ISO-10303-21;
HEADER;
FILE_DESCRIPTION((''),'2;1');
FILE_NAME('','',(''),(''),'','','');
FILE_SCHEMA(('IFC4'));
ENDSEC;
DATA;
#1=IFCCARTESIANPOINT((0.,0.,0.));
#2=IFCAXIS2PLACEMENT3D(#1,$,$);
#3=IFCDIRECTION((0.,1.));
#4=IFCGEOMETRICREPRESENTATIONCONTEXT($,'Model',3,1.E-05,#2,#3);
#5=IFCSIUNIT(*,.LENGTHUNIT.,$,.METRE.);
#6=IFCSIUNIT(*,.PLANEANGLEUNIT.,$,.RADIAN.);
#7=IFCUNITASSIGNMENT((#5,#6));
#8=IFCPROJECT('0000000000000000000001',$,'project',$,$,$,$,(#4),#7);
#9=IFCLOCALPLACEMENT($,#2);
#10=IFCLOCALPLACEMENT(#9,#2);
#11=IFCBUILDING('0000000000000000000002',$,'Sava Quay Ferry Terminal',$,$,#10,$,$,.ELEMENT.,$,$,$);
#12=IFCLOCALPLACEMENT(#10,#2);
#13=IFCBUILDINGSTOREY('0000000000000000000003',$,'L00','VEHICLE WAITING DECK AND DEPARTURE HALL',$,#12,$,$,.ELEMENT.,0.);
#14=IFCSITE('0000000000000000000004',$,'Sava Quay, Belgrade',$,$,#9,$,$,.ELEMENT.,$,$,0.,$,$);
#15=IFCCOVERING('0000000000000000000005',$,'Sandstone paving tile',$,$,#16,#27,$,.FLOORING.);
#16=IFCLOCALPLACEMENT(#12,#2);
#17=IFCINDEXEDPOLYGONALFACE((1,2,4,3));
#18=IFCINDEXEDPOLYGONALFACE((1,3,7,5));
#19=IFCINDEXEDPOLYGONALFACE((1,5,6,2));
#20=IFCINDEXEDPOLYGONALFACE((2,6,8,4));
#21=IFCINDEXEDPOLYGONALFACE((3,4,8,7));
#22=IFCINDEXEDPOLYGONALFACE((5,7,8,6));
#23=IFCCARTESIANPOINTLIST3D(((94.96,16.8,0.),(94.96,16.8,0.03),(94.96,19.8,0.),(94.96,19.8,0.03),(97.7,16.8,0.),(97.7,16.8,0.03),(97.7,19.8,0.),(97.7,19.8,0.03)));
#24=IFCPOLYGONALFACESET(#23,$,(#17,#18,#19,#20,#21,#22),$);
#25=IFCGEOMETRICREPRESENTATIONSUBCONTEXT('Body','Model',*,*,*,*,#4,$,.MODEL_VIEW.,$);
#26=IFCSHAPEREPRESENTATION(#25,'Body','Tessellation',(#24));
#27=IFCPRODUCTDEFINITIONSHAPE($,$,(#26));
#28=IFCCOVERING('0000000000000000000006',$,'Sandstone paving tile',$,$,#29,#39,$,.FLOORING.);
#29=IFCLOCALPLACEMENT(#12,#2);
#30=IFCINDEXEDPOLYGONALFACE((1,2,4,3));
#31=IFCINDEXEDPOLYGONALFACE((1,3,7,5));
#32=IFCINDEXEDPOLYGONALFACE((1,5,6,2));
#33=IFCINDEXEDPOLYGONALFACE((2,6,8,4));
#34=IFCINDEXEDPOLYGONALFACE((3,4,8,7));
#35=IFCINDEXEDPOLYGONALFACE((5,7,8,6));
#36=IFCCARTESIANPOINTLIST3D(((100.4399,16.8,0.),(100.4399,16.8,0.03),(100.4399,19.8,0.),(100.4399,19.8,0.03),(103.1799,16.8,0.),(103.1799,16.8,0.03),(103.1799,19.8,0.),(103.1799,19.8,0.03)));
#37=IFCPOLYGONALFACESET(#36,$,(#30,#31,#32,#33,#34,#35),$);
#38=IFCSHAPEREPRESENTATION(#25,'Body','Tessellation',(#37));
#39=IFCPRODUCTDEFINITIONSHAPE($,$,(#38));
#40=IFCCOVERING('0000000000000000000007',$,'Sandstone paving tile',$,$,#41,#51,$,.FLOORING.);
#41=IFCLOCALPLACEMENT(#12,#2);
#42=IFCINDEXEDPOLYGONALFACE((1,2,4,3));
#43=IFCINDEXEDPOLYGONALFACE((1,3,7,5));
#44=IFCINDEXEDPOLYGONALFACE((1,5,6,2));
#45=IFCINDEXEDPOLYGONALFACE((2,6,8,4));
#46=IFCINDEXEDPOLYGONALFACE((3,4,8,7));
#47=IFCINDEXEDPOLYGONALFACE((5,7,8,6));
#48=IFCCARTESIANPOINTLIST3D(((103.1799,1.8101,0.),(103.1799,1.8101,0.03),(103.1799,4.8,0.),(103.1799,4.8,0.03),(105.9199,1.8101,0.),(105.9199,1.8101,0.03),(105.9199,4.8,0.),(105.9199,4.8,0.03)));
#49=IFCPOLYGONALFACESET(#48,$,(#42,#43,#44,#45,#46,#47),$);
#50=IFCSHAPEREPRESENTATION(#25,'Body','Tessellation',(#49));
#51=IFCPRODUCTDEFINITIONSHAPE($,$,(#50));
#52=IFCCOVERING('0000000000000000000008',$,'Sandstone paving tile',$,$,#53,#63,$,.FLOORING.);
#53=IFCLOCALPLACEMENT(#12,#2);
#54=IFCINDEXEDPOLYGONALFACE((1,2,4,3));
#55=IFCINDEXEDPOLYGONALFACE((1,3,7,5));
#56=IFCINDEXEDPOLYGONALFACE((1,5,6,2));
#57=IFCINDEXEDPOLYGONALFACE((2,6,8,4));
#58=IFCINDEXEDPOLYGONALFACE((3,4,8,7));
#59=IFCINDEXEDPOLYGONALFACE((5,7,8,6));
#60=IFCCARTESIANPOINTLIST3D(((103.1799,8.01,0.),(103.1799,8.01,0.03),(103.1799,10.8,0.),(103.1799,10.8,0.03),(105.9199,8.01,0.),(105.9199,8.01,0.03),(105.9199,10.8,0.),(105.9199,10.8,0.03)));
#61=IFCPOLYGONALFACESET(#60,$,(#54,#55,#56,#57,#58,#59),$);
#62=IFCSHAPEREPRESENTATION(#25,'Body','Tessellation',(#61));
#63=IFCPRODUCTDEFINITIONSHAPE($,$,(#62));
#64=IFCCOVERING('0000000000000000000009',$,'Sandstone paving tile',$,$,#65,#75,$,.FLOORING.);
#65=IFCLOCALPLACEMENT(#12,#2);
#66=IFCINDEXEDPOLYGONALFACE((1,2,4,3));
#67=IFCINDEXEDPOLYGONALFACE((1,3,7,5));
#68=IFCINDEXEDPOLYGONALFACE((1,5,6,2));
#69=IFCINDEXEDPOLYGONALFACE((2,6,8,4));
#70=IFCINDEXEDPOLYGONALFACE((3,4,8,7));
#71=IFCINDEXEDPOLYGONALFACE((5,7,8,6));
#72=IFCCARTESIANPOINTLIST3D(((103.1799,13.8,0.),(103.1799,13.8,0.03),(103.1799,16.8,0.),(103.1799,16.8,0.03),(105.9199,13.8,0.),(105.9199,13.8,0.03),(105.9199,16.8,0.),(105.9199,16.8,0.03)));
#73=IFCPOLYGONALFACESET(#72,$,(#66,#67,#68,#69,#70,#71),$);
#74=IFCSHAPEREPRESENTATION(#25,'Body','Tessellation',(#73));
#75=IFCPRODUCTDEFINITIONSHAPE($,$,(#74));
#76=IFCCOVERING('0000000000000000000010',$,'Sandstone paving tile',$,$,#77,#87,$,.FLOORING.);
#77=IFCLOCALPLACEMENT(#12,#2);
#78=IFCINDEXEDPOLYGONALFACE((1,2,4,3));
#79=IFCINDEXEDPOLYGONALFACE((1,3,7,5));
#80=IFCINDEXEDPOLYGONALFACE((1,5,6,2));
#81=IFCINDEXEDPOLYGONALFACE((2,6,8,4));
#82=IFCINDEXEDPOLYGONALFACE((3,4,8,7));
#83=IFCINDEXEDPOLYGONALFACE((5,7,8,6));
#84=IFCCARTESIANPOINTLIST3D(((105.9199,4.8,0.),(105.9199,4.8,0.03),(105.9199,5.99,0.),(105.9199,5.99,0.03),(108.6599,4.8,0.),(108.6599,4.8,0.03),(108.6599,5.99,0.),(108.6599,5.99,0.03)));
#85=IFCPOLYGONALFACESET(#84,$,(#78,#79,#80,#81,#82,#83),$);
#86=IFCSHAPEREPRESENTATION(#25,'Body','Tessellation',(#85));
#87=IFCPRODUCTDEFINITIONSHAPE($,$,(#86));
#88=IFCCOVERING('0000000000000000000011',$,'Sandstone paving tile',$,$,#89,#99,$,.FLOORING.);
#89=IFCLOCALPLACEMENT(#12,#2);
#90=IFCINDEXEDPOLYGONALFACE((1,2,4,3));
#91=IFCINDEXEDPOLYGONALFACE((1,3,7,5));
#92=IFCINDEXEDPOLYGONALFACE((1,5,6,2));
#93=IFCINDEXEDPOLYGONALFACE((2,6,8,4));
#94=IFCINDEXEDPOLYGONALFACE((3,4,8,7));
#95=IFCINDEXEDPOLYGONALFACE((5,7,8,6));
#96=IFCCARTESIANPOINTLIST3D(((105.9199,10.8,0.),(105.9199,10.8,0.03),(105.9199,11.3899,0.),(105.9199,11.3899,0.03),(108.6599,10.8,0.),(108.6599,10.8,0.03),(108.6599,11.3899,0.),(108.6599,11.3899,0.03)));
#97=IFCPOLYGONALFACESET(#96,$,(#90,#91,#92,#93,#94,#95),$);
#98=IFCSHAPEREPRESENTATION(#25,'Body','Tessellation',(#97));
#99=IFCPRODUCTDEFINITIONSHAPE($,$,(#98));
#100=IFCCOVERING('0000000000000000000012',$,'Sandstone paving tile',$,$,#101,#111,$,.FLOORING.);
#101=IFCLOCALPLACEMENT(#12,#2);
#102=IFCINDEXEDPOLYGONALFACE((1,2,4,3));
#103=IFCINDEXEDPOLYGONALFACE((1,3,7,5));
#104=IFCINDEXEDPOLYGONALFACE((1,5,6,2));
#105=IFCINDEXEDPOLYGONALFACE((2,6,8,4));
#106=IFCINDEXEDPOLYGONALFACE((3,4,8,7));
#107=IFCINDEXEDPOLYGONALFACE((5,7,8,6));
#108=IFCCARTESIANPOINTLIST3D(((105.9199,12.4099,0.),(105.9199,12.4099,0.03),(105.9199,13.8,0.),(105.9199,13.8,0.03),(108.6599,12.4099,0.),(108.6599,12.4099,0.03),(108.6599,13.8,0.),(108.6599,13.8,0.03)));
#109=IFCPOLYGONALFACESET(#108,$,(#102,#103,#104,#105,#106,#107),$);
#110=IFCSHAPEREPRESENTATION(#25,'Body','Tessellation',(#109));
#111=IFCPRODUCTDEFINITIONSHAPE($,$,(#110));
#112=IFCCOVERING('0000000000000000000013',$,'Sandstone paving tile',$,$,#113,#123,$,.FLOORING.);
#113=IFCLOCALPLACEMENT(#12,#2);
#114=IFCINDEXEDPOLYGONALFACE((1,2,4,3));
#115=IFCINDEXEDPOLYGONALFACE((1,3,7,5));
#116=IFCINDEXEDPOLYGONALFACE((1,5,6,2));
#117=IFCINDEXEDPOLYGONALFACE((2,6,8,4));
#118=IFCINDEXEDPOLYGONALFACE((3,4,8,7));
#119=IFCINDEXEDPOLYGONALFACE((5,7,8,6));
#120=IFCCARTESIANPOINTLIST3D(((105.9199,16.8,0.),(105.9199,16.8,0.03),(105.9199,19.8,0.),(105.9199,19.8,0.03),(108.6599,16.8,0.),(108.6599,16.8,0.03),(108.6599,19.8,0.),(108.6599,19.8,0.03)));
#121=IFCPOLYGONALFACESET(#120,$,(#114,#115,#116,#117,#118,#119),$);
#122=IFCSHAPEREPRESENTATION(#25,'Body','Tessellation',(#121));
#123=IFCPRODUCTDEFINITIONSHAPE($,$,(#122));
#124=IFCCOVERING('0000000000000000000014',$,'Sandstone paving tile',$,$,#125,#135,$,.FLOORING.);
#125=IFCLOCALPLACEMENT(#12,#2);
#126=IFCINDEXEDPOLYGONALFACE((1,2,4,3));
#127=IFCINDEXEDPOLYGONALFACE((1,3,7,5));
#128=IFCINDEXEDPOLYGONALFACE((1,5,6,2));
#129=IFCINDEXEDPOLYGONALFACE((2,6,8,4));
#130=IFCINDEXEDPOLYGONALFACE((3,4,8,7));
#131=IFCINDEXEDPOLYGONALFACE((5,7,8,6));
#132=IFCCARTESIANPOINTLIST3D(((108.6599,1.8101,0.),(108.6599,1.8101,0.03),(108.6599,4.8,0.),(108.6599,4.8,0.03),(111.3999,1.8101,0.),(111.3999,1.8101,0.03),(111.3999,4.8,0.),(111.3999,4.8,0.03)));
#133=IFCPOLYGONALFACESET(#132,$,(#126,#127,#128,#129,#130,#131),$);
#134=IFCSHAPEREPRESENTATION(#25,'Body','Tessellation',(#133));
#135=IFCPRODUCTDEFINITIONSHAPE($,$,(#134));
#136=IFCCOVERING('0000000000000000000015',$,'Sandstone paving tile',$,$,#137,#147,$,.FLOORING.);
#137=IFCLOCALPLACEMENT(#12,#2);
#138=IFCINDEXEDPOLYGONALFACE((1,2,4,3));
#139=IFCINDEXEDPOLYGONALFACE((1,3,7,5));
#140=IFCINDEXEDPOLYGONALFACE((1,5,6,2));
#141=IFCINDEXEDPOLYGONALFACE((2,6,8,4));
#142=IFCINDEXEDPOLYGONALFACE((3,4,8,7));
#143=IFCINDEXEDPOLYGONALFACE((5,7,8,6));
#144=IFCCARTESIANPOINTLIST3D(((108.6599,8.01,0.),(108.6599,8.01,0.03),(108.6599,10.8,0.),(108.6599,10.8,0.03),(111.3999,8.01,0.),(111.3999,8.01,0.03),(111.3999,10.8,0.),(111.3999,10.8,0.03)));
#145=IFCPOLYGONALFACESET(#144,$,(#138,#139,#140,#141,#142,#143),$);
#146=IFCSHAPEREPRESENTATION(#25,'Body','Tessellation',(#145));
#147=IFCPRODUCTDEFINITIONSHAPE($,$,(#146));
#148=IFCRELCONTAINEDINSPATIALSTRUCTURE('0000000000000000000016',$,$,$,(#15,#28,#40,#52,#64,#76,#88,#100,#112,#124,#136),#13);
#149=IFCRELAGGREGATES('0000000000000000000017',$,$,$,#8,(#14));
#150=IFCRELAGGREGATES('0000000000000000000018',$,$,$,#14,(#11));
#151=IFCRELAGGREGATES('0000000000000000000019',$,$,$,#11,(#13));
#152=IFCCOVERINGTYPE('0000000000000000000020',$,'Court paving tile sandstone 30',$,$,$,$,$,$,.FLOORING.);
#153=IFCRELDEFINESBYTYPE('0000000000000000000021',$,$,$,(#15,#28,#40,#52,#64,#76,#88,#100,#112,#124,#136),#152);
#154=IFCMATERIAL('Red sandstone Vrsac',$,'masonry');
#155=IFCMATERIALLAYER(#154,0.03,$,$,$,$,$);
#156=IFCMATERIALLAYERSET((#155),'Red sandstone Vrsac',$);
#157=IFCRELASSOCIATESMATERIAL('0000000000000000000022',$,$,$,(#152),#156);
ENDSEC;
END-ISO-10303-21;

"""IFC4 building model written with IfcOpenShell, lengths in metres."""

from ifc_helpers import new_model, si_unit, direction, origin, place, context, subcontext, project, spatial, polyline, outline, extrude, material, layer, layer_set, type_object, element, save


model = new_model("IFC4")

# Units and contexts
model_context = context("Model", 3, precision=1e-05, world=origin(), true_north=direction((0.0, 1.0)))
body_context = subcontext(model_context, "Body", "Model", "MODEL_VIEW")
ifc_project = project(units=[si_unit("LENGTHUNIT", "METRE"), si_unit("PLANEANGLEUNIT", "RADIAN")], contexts=[model_context])

# Site, building, storey
site_placement = place(None, origin())
site = spatial("IfcSite", under=ifc_project, at=site_placement, Name="Sava Quay, Belgrade", CompositionType="ELEMENT", RefElevation=0.0)
building_placement = place(site_placement, origin())
building = spatial("IfcBuilding", under=site, at=building_placement, Name="Sava Quay Ferry Terminal", CompositionType="ELEMENT")
storey_placement = place(building_placement, origin())
storey = spatial("IfcBuildingStorey", under=building, at=storey_placement, Name="L00", Description="VEHICLE WAITING DECK AND DEPARTURE HALL", CompositionType="ELEMENT", Elevation=0.0)

# Coverings
ifc_material_1 = material(Name="Red sandstone Vrsac", Category="masonry")
ifc_layer_1 = layer(ifc_material_1, 0.03)
ifc_layer_set_1 = layer_set([ifc_layer_1], Name="Red sandstone Vrsac")
covering_type_1 = type_object("IfcCoveringType", Name="Court paving tile sandstone 30", PredefinedType="FLOORING", material=ifc_layer_set_1)
covering_1_placement = place(storey_placement, origin())
element("IfcCovering", 1, at=covering_1_placement, inside=storey, type_object=covering_type_1, Name="Sandstone paving tile", PredefinedType="FLOORING", context=body_context, shape_type="SweptSolid", body=[
    extrude(outline(polyline([(97.7, 16.8), (97.7, 19.8), (94.96, 19.8), (94.96, 16.8), (97.7, 16.8)])), origin(), (0.0, 0.0, 1.0), 0.03),
])
covering_2_placement = place(storey_placement, origin())
element("IfcCovering", 2, at=covering_2_placement, inside=storey, type_object=covering_type_1, Name="Sandstone paving tile", PredefinedType="FLOORING", context=body_context, shape_type="SweptSolid", body=[
    extrude(outline(polyline([(103.1799, 16.8), (103.1799, 19.8), (100.4399, 19.8), (100.4399, 16.8), (103.1799, 16.8)])), origin(), (0.0, 0.0, 1.0), 0.03),
])
covering_3_placement = place(storey_placement, origin())
element("IfcCovering", 3, at=covering_3_placement, inside=storey, type_object=covering_type_1, Name="Sandstone paving tile", PredefinedType="FLOORING", context=body_context, shape_type="SweptSolid", body=[
    extrude(outline(polyline([(103.1799, 4.8), (103.1799, 1.8101), (105.9199, 1.8101), (105.9199, 4.8), (103.1799, 4.8)])), origin(), (0.0, 0.0, 1.0), 0.03),
])
covering_4_placement = place(storey_placement, origin())
element("IfcCovering", 4, at=covering_4_placement, inside=storey, type_object=covering_type_1, Name="Sandstone paving tile", PredefinedType="FLOORING", context=body_context, shape_type="SweptSolid", body=[
    extrude(outline(polyline([(103.1799, 10.8), (103.1799, 8.01), (105.9199, 8.01), (105.9199, 10.8), (103.1799, 10.8)])), origin(), (0.0, 0.0, 1.0), 0.03),
])
covering_5_placement = place(storey_placement, origin())
element("IfcCovering", 5, at=covering_5_placement, inside=storey, type_object=covering_type_1, Name="Sandstone paving tile", PredefinedType="FLOORING", context=body_context, shape_type="SweptSolid", body=[
    extrude(outline(polyline([(103.1799, 13.8), (105.9199, 13.8), (105.9199, 16.8), (103.1799, 16.8), (103.1799, 13.8)])), origin(), (0.0, 0.0, 1.0), 0.03),
])
covering_6_placement = place(storey_placement, origin())
element("IfcCovering", 6, at=covering_6_placement, inside=storey, type_object=covering_type_1, Name="Sandstone paving tile", PredefinedType="FLOORING", context=body_context, shape_type="SweptSolid", body=[
    extrude(outline(polyline([(108.6599, 4.8), (108.6599, 5.99), (105.9199, 5.99), (105.9199, 4.8), (108.6599, 4.8)])), origin(), (0.0, 0.0, 1.0), 0.03),
])
covering_7_placement = place(storey_placement, origin())
element("IfcCovering", 7, at=covering_7_placement, inside=storey, type_object=covering_type_1, Name="Sandstone paving tile", PredefinedType="FLOORING", context=body_context, shape_type="SweptSolid", body=[
    extrude(outline(polyline([(108.6599, 10.8), (108.6599, 11.3899), (105.9199, 11.3899), (105.9199, 10.8), (108.6599, 10.8)])), origin(), (0.0, 0.0, 1.0), 0.03),
])
covering_8_placement = place(storey_placement, origin())
element("IfcCovering", 8, at=covering_8_placement, inside=storey, type_object=covering_type_1, Name="Sandstone paving tile", PredefinedType="FLOORING", context=body_context, shape_type="SweptSolid", body=[
    extrude(outline(polyline([(105.9199, 13.8), (105.9199, 12.4099), (108.6599, 12.4099), (108.6599, 13.8), (105.9199, 13.8)])), origin(), (0.0, 0.0, 1.0), 0.03),
])
covering_9_placement = place(storey_placement, origin())
element("IfcCovering", 9, at=covering_9_placement, inside=storey, type_object=covering_type_1, Name="Sandstone paving tile", PredefinedType="FLOORING", context=body_context, shape_type="SweptSolid", body=[
    extrude(outline(polyline([(108.6599, 16.8), (108.6599, 19.8), (105.9199, 19.8), (105.9199, 16.8), (108.6599, 16.8)])), origin(), (0.0, 0.0, 1.0), 0.03),
])
covering_10_placement = place(storey_placement, origin())
element("IfcCovering", 10, at=covering_10_placement, inside=storey, type_object=covering_type_1, Name="Sandstone paving tile", PredefinedType="FLOORING", context=body_context, shape_type="SweptSolid", body=[
    extrude(outline(polyline([(108.6599, 4.8), (108.6599, 1.8101), (111.3999, 1.8101), (111.3999, 4.8), (108.6599, 4.8)])), origin(), (0.0, 0.0, 1.0), 0.03),
])
covering_11_placement = place(storey_placement, origin())
element("IfcCovering", 11, at=covering_11_placement, inside=storey, type_object=covering_type_1, Name="Sandstone paving tile", PredefinedType="FLOORING", context=body_context, shape_type="SweptSolid", body=[
    extrude(outline(polyline([(108.6599, 10.8), (108.6599, 8.01), (111.3999, 8.01), (111.3999, 10.8), (108.6599, 10.8)])), origin(), (0.0, 0.0, 1.0), 0.03),
])

save(model, "model.ifc")
